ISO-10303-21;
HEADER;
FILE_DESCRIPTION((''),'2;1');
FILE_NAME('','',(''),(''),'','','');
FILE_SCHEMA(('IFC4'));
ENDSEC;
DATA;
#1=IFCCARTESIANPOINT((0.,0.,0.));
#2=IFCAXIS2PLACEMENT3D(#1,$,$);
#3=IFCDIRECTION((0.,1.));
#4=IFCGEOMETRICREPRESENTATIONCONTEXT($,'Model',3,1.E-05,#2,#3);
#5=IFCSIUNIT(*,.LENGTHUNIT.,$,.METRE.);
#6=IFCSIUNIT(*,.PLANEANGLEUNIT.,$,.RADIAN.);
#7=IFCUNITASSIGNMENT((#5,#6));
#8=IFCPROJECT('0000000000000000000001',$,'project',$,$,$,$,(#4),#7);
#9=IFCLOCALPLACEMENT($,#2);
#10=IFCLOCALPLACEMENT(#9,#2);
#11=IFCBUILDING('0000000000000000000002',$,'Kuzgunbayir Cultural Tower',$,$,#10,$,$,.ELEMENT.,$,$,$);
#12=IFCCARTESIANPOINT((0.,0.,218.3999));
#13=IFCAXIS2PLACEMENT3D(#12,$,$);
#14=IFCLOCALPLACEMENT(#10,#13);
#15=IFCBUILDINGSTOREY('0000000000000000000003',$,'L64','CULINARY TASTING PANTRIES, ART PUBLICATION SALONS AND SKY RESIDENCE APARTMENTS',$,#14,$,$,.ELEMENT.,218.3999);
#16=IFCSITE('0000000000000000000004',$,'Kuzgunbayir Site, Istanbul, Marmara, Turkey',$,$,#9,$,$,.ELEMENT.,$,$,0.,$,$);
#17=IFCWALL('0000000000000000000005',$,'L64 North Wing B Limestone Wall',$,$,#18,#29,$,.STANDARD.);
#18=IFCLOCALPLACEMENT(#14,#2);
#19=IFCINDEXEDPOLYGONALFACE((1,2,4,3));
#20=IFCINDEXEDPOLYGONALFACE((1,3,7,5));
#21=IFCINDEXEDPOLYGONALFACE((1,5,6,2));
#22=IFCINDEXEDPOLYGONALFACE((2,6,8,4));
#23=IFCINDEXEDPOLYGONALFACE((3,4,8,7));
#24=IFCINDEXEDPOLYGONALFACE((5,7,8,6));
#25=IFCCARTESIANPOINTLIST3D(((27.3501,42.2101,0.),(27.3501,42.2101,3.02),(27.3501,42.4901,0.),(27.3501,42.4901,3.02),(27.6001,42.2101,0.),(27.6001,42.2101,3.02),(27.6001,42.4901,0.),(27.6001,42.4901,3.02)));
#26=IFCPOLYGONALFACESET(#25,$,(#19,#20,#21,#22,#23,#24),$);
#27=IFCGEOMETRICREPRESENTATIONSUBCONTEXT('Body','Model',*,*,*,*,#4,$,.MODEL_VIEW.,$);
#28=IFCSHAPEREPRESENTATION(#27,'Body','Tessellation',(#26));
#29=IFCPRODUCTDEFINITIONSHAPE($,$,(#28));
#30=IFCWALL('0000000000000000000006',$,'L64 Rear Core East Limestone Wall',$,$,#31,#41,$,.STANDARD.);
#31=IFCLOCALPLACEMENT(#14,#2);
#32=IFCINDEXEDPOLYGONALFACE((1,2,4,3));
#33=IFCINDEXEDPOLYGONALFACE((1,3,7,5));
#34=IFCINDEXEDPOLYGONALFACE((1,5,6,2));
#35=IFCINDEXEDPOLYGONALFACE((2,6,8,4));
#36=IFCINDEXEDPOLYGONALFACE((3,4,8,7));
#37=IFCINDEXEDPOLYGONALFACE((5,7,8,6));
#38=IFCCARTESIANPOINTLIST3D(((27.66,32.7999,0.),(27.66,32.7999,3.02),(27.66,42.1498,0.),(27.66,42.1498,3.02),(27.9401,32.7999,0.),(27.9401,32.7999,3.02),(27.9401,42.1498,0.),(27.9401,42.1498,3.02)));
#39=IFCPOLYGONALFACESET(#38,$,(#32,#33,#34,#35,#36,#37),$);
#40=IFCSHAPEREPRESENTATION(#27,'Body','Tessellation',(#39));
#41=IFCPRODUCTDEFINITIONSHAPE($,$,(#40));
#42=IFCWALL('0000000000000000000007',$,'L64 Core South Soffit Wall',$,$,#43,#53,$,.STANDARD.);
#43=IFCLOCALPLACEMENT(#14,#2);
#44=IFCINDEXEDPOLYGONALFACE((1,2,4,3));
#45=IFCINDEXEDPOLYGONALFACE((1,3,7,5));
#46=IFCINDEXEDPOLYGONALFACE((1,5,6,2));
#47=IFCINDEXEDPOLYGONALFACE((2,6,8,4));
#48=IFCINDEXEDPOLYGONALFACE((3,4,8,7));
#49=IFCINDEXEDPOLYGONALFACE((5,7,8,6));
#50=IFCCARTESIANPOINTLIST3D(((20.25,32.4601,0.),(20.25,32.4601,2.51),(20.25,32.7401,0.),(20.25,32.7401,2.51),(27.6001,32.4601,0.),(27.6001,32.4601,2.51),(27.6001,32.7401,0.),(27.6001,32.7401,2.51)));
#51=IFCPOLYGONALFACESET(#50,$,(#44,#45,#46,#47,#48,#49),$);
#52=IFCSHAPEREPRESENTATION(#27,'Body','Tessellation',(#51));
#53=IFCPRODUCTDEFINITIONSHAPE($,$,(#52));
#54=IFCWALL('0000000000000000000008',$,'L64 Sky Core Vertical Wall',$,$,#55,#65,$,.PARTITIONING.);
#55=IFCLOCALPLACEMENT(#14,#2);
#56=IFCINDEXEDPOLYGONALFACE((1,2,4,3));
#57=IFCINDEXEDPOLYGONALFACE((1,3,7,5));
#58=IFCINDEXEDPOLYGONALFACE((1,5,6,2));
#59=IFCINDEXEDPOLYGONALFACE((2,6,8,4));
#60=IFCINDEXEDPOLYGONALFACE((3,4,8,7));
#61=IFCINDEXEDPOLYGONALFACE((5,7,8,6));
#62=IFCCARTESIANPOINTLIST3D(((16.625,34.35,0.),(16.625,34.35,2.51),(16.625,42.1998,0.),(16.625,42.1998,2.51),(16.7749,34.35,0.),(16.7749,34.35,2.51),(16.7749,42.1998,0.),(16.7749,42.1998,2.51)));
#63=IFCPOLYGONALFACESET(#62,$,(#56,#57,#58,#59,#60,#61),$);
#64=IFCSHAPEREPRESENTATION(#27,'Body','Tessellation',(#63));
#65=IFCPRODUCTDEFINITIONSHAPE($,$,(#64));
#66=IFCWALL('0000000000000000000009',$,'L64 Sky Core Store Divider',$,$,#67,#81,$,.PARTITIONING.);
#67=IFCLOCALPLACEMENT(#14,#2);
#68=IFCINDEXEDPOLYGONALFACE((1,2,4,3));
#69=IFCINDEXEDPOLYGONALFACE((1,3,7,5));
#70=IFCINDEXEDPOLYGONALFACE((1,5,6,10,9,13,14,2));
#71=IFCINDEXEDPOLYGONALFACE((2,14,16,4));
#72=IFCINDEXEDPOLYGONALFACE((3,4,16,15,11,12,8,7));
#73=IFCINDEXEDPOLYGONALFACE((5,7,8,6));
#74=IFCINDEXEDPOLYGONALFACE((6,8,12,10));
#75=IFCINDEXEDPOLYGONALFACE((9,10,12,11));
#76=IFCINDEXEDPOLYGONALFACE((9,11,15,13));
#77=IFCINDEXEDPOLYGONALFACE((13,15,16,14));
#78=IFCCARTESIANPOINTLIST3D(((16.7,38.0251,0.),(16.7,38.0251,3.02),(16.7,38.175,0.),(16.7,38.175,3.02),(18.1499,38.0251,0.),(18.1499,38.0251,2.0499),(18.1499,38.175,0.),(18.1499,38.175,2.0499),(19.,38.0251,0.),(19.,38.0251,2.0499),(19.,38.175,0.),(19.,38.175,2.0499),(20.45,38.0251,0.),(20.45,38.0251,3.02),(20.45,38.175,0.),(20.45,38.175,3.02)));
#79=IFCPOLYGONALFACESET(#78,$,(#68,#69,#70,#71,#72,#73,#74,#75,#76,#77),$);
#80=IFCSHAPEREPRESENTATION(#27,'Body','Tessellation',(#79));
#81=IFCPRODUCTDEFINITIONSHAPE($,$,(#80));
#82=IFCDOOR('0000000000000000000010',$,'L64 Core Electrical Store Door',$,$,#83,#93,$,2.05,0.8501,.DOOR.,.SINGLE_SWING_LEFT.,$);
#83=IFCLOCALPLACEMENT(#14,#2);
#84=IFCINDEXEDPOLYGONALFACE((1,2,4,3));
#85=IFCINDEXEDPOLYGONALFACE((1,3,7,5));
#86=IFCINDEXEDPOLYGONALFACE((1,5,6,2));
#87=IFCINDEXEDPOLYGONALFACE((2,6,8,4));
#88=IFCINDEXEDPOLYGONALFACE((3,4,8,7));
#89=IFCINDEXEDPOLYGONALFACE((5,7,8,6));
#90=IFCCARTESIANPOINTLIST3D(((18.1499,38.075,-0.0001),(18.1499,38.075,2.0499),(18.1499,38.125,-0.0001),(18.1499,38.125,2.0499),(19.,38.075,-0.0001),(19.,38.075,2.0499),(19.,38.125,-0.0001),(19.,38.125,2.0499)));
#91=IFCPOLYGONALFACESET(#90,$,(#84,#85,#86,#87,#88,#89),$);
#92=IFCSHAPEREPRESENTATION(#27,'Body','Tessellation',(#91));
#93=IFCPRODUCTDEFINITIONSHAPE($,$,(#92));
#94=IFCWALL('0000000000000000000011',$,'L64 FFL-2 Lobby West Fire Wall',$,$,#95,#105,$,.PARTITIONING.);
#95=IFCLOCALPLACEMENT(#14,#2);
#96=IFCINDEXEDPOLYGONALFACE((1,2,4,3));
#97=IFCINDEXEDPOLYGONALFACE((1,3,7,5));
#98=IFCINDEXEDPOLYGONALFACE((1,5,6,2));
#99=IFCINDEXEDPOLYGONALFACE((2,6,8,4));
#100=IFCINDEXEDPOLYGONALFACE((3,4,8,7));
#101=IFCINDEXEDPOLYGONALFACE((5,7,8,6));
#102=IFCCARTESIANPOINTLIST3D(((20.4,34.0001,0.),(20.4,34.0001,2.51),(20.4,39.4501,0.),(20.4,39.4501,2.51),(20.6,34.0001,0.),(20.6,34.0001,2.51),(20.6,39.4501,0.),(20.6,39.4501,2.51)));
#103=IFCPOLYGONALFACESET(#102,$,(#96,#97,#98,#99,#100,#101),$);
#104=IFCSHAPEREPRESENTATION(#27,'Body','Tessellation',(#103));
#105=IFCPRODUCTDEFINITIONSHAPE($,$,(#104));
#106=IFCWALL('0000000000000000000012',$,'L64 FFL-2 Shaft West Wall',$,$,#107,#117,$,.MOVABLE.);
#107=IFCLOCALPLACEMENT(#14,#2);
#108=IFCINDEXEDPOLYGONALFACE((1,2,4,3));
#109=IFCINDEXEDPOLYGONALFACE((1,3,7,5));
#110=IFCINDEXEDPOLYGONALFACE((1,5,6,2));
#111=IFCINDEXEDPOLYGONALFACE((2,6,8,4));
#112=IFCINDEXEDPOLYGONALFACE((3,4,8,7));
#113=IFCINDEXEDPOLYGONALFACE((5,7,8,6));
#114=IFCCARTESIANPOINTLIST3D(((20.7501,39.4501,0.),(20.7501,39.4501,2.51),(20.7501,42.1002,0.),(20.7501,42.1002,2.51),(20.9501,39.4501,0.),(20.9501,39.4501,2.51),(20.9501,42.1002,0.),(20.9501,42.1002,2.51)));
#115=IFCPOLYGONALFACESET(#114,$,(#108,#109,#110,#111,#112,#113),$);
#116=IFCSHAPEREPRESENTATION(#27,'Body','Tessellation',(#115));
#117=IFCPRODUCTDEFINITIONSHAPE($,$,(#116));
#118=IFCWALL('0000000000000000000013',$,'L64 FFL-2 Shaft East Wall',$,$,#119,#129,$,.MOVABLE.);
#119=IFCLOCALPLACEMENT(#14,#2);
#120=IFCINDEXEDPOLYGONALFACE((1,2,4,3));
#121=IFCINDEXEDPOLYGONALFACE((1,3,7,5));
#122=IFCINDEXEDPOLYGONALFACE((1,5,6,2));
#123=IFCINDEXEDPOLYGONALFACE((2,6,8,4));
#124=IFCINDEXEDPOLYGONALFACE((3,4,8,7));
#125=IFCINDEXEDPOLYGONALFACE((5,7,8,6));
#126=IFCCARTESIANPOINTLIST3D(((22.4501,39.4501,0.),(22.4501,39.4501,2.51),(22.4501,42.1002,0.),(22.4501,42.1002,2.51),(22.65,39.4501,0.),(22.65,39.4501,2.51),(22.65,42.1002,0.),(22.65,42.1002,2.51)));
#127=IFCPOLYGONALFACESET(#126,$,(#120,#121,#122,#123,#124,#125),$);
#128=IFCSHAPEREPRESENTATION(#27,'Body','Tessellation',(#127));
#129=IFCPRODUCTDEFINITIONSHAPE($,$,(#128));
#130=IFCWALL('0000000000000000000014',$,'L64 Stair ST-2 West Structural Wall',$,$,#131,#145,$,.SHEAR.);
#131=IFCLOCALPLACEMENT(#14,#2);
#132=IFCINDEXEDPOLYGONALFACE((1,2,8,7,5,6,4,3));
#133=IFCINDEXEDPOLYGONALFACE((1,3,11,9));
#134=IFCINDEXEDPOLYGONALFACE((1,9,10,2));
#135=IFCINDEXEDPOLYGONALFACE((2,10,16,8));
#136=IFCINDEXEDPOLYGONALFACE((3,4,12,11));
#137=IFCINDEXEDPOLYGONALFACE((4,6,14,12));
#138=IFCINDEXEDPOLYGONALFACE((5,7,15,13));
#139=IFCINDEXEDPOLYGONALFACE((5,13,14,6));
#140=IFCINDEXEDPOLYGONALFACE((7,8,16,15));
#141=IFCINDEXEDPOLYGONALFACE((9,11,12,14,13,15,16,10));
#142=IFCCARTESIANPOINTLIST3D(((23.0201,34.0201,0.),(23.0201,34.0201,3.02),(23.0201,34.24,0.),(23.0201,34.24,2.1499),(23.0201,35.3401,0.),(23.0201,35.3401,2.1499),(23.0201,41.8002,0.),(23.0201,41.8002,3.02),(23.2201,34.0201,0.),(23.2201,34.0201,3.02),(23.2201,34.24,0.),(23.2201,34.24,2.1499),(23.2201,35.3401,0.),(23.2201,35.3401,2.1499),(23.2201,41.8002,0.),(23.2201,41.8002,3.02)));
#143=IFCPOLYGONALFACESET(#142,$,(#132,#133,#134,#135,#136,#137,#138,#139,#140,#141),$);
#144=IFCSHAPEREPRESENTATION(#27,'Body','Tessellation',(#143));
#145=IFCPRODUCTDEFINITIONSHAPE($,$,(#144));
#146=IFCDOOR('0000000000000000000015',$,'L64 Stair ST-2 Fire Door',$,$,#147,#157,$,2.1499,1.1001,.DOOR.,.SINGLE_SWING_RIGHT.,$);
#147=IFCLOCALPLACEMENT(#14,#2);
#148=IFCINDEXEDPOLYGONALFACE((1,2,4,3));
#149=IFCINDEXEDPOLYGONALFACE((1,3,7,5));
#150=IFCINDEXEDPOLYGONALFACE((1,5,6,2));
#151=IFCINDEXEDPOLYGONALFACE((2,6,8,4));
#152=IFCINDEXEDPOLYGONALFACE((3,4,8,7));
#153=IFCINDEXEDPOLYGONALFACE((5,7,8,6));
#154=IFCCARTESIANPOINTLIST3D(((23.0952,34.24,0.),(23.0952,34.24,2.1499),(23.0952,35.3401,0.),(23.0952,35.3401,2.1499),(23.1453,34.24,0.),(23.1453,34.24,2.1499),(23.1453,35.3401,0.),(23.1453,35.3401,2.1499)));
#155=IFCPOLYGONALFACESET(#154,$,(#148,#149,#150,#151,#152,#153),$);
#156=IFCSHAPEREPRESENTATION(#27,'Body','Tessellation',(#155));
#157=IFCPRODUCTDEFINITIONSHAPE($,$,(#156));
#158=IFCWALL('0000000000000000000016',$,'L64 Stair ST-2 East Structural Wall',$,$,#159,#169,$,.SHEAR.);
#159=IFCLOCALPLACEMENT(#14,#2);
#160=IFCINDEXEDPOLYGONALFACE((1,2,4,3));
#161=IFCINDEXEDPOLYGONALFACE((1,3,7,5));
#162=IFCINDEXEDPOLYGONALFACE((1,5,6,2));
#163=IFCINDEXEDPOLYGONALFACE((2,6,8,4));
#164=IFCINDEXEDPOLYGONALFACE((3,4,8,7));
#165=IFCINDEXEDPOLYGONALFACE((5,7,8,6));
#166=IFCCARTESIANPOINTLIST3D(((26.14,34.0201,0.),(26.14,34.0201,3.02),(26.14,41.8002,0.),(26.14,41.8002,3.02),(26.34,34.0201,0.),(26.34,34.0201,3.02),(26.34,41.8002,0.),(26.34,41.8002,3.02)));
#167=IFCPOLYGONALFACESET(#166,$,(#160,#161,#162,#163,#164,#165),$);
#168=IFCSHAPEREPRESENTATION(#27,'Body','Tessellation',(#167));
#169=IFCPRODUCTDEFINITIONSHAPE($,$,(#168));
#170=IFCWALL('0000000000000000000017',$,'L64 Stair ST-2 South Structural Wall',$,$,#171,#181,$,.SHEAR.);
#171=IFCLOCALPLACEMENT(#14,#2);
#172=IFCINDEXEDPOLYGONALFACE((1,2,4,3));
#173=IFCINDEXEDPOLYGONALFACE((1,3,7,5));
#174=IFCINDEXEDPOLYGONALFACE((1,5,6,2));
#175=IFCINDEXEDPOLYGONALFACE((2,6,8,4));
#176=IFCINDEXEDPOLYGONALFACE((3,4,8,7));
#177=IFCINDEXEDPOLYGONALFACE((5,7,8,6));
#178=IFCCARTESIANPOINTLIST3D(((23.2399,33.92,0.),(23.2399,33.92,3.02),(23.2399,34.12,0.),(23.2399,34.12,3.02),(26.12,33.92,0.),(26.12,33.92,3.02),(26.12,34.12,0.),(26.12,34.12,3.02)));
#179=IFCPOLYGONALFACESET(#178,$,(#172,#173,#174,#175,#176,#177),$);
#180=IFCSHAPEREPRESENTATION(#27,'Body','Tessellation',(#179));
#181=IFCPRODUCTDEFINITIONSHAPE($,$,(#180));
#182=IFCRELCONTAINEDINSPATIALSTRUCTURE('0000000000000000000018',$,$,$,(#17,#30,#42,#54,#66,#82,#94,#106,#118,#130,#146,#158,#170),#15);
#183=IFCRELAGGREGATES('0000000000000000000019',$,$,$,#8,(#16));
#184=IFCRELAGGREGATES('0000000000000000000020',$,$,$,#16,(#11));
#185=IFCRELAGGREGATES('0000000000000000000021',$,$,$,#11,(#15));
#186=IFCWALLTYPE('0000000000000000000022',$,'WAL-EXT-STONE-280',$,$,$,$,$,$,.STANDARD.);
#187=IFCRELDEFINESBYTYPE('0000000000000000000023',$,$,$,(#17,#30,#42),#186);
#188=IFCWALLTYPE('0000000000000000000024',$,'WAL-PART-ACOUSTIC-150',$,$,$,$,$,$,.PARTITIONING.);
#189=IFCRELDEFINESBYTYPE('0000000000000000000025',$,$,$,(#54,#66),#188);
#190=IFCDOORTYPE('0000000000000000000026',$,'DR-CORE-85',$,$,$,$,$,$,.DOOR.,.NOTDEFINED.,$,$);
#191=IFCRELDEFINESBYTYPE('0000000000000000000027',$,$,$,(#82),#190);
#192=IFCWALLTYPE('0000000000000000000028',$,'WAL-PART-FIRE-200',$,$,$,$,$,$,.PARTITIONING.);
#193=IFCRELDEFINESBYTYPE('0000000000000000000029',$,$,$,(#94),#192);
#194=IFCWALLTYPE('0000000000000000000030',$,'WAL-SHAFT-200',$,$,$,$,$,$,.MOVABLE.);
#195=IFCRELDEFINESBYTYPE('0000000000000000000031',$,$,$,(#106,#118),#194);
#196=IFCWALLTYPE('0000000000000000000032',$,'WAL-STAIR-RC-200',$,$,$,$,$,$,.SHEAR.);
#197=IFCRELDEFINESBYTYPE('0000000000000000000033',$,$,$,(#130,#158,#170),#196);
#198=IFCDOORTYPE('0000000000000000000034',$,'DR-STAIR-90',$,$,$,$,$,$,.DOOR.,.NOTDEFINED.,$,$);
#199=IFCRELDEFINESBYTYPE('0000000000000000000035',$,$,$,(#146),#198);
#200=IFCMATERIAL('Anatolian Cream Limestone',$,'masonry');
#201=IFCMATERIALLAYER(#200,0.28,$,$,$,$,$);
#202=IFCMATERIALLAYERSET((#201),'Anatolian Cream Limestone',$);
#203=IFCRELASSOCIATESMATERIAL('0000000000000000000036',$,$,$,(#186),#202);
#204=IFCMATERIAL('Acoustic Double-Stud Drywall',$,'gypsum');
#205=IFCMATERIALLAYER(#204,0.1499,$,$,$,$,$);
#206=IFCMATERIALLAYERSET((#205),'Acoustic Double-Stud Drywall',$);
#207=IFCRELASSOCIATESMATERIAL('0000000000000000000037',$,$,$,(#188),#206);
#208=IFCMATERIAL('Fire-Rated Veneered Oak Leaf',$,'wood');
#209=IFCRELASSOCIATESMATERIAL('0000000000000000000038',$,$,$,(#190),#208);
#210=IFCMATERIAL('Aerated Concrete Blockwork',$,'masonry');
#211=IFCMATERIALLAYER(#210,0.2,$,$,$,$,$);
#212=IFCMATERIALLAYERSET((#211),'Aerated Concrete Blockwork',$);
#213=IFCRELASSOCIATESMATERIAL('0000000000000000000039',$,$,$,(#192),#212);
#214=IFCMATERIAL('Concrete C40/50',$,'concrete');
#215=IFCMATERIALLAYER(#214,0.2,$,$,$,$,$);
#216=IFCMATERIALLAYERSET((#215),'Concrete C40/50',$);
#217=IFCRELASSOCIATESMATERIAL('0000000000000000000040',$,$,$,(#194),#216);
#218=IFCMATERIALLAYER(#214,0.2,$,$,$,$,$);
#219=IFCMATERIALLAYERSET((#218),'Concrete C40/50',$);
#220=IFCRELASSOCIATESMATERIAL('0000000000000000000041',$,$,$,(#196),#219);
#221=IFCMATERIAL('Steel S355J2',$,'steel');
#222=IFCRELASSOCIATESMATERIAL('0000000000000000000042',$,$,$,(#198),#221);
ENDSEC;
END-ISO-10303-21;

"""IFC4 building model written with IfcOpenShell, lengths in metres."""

from ifc_helpers import new_model, si_unit, direction, frame, frame_2d, origin, place, context, subcontext, project, spatial, rectangle, extrude, material, layer, layer_set, type_object, element, fill, save


model = new_model("IFC4")

# Units and contexts
model_context = context("Model", 3, precision=1e-05, world=origin(), true_north=direction((0.0, 1.0)))
body_context = subcontext(model_context, "Body", "Model", "MODEL_VIEW")
ifc_project = project(units=[si_unit("LENGTHUNIT", "METRE"), si_unit("PLANEANGLEUNIT", "RADIAN")], contexts=[model_context])

# Site, building, storey
site_placement = place(None, origin())
site = spatial("IfcSite", under=ifc_project, at=site_placement, Name="Kuzgunbayir Site, Istanbul, Marmara, Turkey", CompositionType="ELEMENT", RefElevation=0.0)
building_placement = place(site_placement, origin())
building = spatial("IfcBuilding", under=site, at=building_placement, Name="Kuzgunbayir Cultural Tower", CompositionType="ELEMENT")
storey_placement = place(building_placement, frame((0.0, 0.0, 218.3999)))
storey = spatial("IfcBuildingStorey", under=building, at=storey_placement, Name="L64", Description="CULINARY TASTING PANTRIES, ART PUBLICATION SALONS AND SKY RESIDENCE APARTMENTS", CompositionType="ELEMENT", Elevation=218.3999)

# Shared definitions
ifc_material_1 = material(Name="Steel S355J2", Category="steel")

# Walls
ifc_material_2 = material(Name="Anatolian Cream Limestone", Category="masonry")
ifc_layer_1 = layer(ifc_material_2, 0.28)
ifc_layer_set_1 = layer_set([ifc_layer_1], Name="Anatolian Cream Limestone")
wall_type_1 = type_object("IfcWallType", Name="WAL-EXT-STONE-280", PredefinedType="STANDARD", material=ifc_layer_set_1)
wall_1_placement = place(storey_placement, frame((27.6001, 42.3501, 0.0), z_axis=(0.0, 0.0, 1.0), x_axis=(-1.0, 0.0, 0.0)))
element("IfcWall", 1, at=wall_1_placement, inside=storey, type_object=wall_type_1, Name="L64 North Wing B Limestone Wall", PredefinedType="STANDARD", context=body_context, shape_type="SweptSolid", body=[
    extrude(rectangle(XDim=0.25, YDim=0.28, at=frame_2d((0.125, 0.0))), origin(), (0.0, 0.0, 1.0), 3.02),
])
wall_2_placement = place(storey_placement, frame((27.8, 32.8, 0.0), z_axis=(0.0, 0.0, 1.0), x_axis=(0.0, 1.0, 0.0)))
element("IfcWall", 2, at=wall_2_placement, inside=storey, type_object=wall_type_1, Name="L64 Rear Core East Limestone Wall", PredefinedType="STANDARD", context=body_context, shape_type="SweptSolid", body=[
    extrude(rectangle(XDim=9.3499, YDim=0.28, at=frame_2d((4.6748, 0.0))), origin(), (0.0, 0.0, 1.0), 3.02),
])
wall_3_placement = place(storey_placement, frame((20.25, 32.6001, 0.0), z_axis=(0.0, 0.0, 1.0), x_axis=(1.0, 0.0, 0.0)))
element("IfcWall", 3, at=wall_3_placement, inside=storey, type_object=wall_type_1, Name="L64 Core South Soffit Wall", PredefinedType="STANDARD", context=body_context, shape_type="SweptSolid", body=[
    extrude(rectangle(XDim=7.3501, YDim=0.28, at=frame_2d((3.675, 0.0))), origin(), (0.0, 0.0, 1.0), 2.51),
])
ifc_material_3 = material(Name="Acoustic Double-Stud Drywall", Category="gypsum")
ifc_layer_2 = layer(ifc_material_3, 0.1499)
ifc_layer_set_2 = layer_set([ifc_layer_2], Name="Acoustic Double-Stud Drywall")
wall_type_2 = type_object("IfcWallType", Name="WAL-PART-ACOUSTIC-150", PredefinedType="PARTITIONING", material=ifc_layer_set_2)
wall_4_placement = place(storey_placement, frame((16.7, 34.3501, 0.0), z_axis=(0.0, 0.0, 1.0), x_axis=(0.0, 1.0, 0.0)))
element("IfcWall", 4, at=wall_4_placement, inside=storey, type_object=wall_type_2, Name="L64 Sky Core Vertical Wall", PredefinedType="PARTITIONING", context=body_context, shape_type="SweptSolid", body=[
    extrude(rectangle(XDim=7.8499, YDim=0.1499, at=frame_2d((3.9248, 0.0))), origin(), (0.0, 0.0, 1.0), 2.51),
])

# Wall, opening, door
wall_5_placement = place(storey_placement, frame((16.7, 38.1001, 0.0), z_axis=(0.0, 0.0, 1.0), x_axis=(1.0, 0.0, 0.0)))
wall_5 = element("IfcWall", 5, at=wall_5_placement, inside=storey, type_object=wall_type_2, Name="L64 Sky Core Store Divider", PredefinedType="PARTITIONING", context=body_context, shape_type="SweptSolid", body=[
    extrude(rectangle(XDim=3.75, YDim=0.1499, at=frame_2d((1.875, 0.0))), origin(), (0.0, 0.0, 1.0), 3.02),
])
opening_1_placement = place(wall_5_placement, frame((1.45, 0.0, 0.0)))
opening_1 = element("IfcOpeningElement", 6, at=opening_1_placement, cuts=wall_5, PredefinedType="OPENING", context=body_context, shape_type="SweptSolid", body=[
    extrude(rectangle(XDim=0.8501, YDim=2.05, at=frame_2d((0.425, 1.0249))), frame((0.0, 0.085, 0.0), z_axis=(0.0, -1.0, 0.0), x_axis=(1.0, 0.0, 0.0)), (0.0, 0.0, 1.0), 0.1699),
])
ifc_material_4 = material(Name="Fire-Rated Veneered Oak Leaf", Category="wood")
door_type_1 = type_object("IfcDoorType", Name="DR-CORE-85", OperationType="NOTDEFINED", PredefinedType="DOOR", material=ifc_material_4)
door_1_placement = place(opening_1_placement, origin())
door_1 = element("IfcDoor", 7, at=door_1_placement, inside=storey, type_object=door_type_1, Name="L64 Core Electrical Store Door", OperationType="SINGLE_SWING_LEFT", OverallHeight=2.05, OverallWidth=0.8501, PredefinedType="DOOR", context=body_context, shape_type="SweptSolid", body=[
    extrude(rectangle(XDim=0.8501, YDim=2.05, at=frame_2d((0.425, 1.0249))), frame((0.0, 0.0249, 0.0), z_axis=(0.0, -1.0, 0.0), x_axis=(1.0, 0.0, 0.0)), (0.0, 0.0, 1.0), 0.05),
])
fill(opening_1, door_1)

# Wall
ifc_material_5 = material(Name="Aerated Concrete Blockwork", Category="masonry")
ifc_layer_3 = layer(ifc_material_5, 0.2)
ifc_layer_set_3 = layer_set([ifc_layer_3], Name="Aerated Concrete Blockwork")
wall_type_3 = type_object("IfcWallType", Name="WAL-PART-FIRE-200", PredefinedType="PARTITIONING", material=ifc_layer_set_3)
wall_6_placement = place(storey_placement, frame((20.5, 34.0, 0.0), z_axis=(0.0, 0.0, 1.0), x_axis=(0.0, 1.0, 0.0)))
element("IfcWall", 8, at=wall_6_placement, inside=storey, type_object=wall_type_3, Name="L64 FFL-2 Lobby West Fire Wall", PredefinedType="PARTITIONING", context=body_context, shape_type="SweptSolid", body=[
    extrude(rectangle(XDim=5.45, YDim=0.2, at=frame_2d((2.7251, 0.0))), origin(), (0.0, 0.0, 1.0), 2.51),
])

# Shared definitions
ifc_material_6 = material(Name="Concrete C40/50", Category="concrete")
ifc_layer_4 = layer(ifc_material_6, 0.2)
ifc_layer_set_4 = layer_set([ifc_layer_4], Name="Concrete C40/50")
wall_type_4 = type_object("IfcWallType", Name="WAL-SHAFT-200", PredefinedType="MOVABLE", material=ifc_layer_set_4)

# Walls
for number, where, z_axis, x_axis, name in (
    (9, (20.8501, 39.45, 0.0), (0.0, 0.0, 1.0), (0.0, 1.0, 0.0), "L64 FFL-2 Shaft West Wall"),
    (10, (22.55, 39.45, 0.0), (0.0, 0.0, 1.0), (0.0, 1.0, 0.0), "L64 FFL-2 Shaft East Wall"),
):
    element("IfcWall", number, at=place(storey_placement, frame(where, z_axis=z_axis, x_axis=x_axis)), inside=storey, type_object=wall_type_4, Name=name, PredefinedType="MOVABLE", context=body_context, shape_type="SweptSolid", body=[
        extrude(rectangle(XDim=2.6501, YDim=0.2, at=frame_2d((1.3252, 0.0))), origin(), (0.0, 0.0, 1.0), 2.51),
    ])

# Wall, opening, door
ifc_layer_5 = layer(ifc_material_6, 0.2)
ifc_layer_set_5 = layer_set([ifc_layer_5], Name="Concrete C40/50")
wall_type_5 = type_object("IfcWallType", Name="WAL-STAIR-RC-200", PredefinedType="SHEAR", material=ifc_layer_set_5)
wall_7_placement = place(storey_placement, frame((23.1201, 34.02, 0.0), z_axis=(0.0, 0.0, 1.0), x_axis=(0.0, 1.0, 0.0)))
wall_7 = element("IfcWall", 11, at=wall_7_placement, inside=storey, type_object=wall_type_5, Name="L64 Stair ST-2 West Structural Wall", PredefinedType="SHEAR", context=body_context, shape_type="SweptSolid", body=[
    extrude(rectangle(XDim=7.78, YDim=0.2, at=frame_2d((3.8901, 0.0))), origin(), (0.0, 0.0, 1.0), 3.02),
])
opening_2_placement = place(wall_7_placement, frame((0.22, 0.0, 0.0)))
opening_2 = element("IfcOpeningElement", 12, at=opening_2_placement, cuts=wall_7, PredefinedType="OPENING", context=body_context, shape_type="SweptSolid", body=[
    extrude(rectangle(XDim=1.1001, YDim=2.1499, at=frame_2d((0.55, 1.075))), frame((0.0, 0.1099, 0.0), z_axis=(0.0, -1.0, 0.0), x_axis=(1.0, 0.0, 0.0)), (0.0, 0.0, 1.0), 0.22),
])
door_type_2 = type_object("IfcDoorType", Name="DR-STAIR-90", OperationType="NOTDEFINED", PredefinedType="DOOR", material=ifc_material_1)
door_2_placement = place(opening_2_placement, origin())
door_2 = element("IfcDoor", 13, at=door_2_placement, inside=storey, type_object=door_type_2, Name="L64 Stair ST-2 Fire Door", OperationType="SINGLE_SWING_RIGHT", OverallHeight=2.1499, OverallWidth=1.1001, PredefinedType="DOOR", context=body_context, shape_type="SweptSolid", body=[
    extrude(rectangle(XDim=1.1001, YDim=2.1499, at=frame_2d((0.55, 1.075))), frame((0.0, 0.0249, 0.0), z_axis=(0.0, -1.0, 0.0), x_axis=(1.0, 0.0, 0.0)), (0.0, 0.0, 1.0), 0.05),
])
fill(opening_2, door_2)

# Walls
wall_8_placement = place(storey_placement, frame((26.24, 34.02, 0.0), z_axis=(0.0, 0.0, 1.0), x_axis=(0.0, 1.0, 0.0)))
element("IfcWall", 14, at=wall_8_placement, inside=storey, type_object=wall_type_5, Name="L64 Stair ST-2 East Structural Wall", PredefinedType="SHEAR", context=body_context, shape_type="SweptSolid", body=[
    extrude(rectangle(XDim=7.78, YDim=0.2, at=frame_2d((3.8901, 0.0))), origin(), (0.0, 0.0, 1.0), 3.02),
])
wall_9_placement = place(storey_placement, frame((23.24, 34.02, 0.0), z_axis=(0.0, 0.0, 1.0), x_axis=(1.0, 0.0, 0.0)))
element("IfcWall", 15, at=wall_9_placement, inside=storey, type_object=wall_type_5, Name="L64 Stair ST-2 South Structural Wall", PredefinedType="SHEAR", context=body_context, shape_type="SweptSolid", body=[
    extrude(rectangle(XDim=2.8801, YDim=0.2, at=frame_2d((1.4399, 0.0))), origin(), (0.0, 0.0, 1.0), 3.02),
])

save(model, "model.ifc")
